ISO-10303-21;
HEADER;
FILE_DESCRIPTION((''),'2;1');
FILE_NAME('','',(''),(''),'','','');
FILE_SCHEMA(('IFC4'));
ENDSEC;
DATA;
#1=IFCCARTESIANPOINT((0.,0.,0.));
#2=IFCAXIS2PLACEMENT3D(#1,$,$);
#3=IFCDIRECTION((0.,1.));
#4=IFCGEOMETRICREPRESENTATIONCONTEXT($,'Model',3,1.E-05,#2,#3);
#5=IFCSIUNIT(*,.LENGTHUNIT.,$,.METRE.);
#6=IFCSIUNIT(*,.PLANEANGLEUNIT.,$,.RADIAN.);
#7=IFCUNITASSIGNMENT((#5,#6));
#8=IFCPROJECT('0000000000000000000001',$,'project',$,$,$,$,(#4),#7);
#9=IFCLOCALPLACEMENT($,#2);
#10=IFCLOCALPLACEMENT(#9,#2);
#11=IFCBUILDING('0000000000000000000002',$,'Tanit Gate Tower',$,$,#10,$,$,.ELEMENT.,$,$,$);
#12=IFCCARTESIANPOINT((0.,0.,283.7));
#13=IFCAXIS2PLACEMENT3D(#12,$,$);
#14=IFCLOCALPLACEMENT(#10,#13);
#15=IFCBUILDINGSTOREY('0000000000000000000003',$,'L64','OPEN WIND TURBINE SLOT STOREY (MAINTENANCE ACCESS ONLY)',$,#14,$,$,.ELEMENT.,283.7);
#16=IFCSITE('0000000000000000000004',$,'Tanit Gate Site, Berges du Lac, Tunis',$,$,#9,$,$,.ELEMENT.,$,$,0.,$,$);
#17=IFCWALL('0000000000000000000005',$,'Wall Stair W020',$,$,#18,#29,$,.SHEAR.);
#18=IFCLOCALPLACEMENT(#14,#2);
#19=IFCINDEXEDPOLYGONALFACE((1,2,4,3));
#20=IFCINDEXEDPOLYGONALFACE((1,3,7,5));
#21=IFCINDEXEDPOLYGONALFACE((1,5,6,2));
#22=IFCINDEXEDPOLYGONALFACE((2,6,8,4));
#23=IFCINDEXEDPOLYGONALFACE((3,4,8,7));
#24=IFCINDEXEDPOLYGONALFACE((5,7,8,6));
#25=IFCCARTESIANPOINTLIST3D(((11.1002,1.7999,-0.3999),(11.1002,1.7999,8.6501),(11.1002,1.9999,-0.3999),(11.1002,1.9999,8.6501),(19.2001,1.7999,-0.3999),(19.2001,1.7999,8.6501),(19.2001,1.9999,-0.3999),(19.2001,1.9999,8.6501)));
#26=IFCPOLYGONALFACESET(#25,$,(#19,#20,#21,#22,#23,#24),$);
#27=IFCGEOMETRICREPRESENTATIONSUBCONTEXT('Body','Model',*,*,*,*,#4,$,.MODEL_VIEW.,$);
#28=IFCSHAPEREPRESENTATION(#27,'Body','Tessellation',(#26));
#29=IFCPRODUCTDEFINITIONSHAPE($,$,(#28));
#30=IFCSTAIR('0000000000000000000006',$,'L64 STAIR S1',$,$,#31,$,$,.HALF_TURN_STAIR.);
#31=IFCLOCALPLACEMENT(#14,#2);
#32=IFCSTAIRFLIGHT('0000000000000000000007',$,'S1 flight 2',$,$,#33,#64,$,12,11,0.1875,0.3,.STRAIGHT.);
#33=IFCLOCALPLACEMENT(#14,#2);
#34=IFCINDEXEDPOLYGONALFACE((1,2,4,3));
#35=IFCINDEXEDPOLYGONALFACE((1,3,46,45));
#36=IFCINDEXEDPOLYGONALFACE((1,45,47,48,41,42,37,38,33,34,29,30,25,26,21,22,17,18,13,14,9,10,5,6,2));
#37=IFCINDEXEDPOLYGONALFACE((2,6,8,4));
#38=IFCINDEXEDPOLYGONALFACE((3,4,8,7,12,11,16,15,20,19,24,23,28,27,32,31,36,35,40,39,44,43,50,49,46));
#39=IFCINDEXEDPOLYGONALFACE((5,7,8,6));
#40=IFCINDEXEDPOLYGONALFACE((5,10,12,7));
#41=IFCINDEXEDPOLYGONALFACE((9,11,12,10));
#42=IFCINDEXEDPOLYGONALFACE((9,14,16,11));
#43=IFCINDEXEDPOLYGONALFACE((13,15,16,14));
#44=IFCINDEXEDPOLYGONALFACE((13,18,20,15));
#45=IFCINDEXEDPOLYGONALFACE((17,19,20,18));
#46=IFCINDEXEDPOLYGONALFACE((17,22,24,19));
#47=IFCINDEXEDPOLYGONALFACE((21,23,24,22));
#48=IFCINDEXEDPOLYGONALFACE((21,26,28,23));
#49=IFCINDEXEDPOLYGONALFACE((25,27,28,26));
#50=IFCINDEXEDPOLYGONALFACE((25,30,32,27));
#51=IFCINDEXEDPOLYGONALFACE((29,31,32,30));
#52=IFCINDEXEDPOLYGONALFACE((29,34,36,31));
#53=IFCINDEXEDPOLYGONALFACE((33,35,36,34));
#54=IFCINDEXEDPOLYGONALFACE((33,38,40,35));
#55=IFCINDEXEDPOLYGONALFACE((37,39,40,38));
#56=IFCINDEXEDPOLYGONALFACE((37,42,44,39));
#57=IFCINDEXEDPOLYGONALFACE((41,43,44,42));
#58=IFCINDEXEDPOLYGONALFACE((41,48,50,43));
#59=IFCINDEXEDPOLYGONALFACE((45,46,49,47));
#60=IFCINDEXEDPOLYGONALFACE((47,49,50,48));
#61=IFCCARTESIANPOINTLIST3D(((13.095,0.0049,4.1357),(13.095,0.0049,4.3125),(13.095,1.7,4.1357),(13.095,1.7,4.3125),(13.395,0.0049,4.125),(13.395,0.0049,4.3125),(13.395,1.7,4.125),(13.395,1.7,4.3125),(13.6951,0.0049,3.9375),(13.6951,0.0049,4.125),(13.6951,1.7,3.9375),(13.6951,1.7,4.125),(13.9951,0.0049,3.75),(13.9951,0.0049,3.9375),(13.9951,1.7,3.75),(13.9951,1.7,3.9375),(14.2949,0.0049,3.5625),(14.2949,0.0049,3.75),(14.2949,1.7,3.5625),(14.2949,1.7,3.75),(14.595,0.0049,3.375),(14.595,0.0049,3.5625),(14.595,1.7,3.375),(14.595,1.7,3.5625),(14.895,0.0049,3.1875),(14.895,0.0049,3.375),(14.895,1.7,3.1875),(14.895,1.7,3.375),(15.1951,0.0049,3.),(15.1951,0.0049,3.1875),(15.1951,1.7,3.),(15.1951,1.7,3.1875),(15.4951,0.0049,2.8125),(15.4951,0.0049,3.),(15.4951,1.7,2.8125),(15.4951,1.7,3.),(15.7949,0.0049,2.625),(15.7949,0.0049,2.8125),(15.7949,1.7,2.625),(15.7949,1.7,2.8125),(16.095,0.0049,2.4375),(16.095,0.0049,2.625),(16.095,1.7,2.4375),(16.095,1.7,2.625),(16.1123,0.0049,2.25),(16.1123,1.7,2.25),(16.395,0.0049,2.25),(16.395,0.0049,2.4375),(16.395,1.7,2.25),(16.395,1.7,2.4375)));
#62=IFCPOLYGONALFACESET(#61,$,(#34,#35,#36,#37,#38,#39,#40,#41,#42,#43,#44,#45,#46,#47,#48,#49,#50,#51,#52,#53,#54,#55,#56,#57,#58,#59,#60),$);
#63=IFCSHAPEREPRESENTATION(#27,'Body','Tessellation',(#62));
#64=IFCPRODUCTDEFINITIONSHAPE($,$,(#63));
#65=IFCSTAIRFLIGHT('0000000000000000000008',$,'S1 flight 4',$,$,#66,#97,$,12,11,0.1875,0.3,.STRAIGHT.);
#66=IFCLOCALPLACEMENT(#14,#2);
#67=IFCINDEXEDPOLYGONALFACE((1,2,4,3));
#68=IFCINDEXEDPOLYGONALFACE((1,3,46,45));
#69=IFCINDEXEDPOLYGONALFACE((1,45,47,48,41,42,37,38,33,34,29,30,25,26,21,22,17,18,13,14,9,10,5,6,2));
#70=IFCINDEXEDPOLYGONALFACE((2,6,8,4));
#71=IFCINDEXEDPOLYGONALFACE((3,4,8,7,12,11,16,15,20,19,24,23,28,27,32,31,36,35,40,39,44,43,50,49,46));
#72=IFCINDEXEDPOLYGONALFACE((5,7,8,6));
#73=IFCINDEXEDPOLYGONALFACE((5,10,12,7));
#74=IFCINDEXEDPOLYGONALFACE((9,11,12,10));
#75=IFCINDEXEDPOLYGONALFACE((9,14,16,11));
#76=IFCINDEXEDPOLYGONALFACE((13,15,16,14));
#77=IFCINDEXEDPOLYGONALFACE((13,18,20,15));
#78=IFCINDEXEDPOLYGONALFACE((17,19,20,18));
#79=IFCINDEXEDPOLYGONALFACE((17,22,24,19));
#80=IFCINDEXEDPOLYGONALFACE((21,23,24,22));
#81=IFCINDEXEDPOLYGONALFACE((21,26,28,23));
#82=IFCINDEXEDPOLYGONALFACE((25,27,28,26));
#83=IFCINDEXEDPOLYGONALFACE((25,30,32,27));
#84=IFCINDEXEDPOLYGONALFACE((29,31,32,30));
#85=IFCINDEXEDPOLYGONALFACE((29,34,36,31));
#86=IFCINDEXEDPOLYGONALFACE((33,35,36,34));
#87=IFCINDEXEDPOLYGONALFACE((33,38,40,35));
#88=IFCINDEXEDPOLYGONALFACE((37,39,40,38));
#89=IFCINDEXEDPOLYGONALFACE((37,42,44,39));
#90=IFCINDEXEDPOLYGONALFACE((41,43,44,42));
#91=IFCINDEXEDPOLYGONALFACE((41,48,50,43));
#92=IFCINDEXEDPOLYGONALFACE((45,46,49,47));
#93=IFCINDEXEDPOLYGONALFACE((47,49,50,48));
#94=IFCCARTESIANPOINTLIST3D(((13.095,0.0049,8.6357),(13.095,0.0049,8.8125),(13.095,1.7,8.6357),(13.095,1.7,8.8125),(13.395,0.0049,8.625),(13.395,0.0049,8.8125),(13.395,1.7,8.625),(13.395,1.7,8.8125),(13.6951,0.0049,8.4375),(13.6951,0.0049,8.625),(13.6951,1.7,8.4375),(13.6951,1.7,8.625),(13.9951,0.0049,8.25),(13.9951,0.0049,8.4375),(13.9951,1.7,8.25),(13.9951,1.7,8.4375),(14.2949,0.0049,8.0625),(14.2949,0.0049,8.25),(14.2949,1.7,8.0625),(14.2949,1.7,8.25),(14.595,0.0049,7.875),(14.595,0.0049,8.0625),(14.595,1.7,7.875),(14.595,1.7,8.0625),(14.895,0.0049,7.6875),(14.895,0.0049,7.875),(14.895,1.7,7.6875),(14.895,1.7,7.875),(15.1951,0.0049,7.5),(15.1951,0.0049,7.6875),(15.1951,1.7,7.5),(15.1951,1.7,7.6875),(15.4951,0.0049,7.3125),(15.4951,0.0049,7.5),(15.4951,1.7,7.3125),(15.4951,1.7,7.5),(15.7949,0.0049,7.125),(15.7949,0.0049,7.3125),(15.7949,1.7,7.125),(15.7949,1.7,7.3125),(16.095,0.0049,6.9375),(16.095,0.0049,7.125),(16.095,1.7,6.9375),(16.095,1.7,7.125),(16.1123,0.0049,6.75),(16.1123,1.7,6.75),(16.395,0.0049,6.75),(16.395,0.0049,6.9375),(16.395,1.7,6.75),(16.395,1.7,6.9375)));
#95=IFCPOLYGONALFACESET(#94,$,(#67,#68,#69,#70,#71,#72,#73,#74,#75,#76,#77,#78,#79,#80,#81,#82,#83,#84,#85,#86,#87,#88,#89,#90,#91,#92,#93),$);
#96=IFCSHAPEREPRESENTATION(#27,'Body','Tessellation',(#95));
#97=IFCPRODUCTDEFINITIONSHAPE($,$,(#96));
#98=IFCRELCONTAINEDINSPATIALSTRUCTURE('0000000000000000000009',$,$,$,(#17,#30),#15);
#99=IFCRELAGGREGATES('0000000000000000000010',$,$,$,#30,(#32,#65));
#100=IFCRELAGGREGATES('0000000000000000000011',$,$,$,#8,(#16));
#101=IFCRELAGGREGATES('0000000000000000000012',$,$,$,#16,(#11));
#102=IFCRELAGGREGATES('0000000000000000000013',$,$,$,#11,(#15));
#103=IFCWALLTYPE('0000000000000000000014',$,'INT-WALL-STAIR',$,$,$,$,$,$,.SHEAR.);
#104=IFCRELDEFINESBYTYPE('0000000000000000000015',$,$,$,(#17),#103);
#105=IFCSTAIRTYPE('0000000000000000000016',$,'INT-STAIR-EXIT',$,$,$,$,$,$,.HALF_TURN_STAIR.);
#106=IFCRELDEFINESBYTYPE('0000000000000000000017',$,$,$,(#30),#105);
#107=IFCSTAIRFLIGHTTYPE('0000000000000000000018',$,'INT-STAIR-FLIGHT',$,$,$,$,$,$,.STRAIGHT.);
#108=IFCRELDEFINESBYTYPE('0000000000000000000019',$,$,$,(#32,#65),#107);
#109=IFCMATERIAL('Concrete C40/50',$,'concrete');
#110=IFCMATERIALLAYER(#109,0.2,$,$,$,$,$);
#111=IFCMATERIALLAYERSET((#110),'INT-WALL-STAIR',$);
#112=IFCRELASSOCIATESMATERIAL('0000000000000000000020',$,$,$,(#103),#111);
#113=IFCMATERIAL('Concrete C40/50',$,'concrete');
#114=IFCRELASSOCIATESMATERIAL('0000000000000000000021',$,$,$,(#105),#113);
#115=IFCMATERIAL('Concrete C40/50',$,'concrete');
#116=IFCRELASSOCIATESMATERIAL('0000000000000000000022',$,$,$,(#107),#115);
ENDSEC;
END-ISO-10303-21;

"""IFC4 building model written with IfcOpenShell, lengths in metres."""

from ifc_helpers import new_model, si_unit, direction, frame, frame_2d, origin, place, context, subcontext, project, spatial, polyline, rectangle, outline, extrude, material, layer, layer_set, type_object, element, aggregate, save


model = new_model("IFC4")

# Units and contexts
model_context = context("Model", 3, precision=1e-05, world=origin(), true_north=direction((0.0, 1.0)))
body_context = subcontext(model_context, "Body", "Model", "MODEL_VIEW")
ifc_project = project(units=[si_unit("LENGTHUNIT", "METRE"), si_unit("PLANEANGLEUNIT", "RADIAN")], contexts=[model_context])

# Site, building, storey
site_placement = place(None, origin())
site = spatial("IfcSite", under=ifc_project, at=site_placement, Name="Tanit Gate Site, Berges du Lac, Tunis", CompositionType="ELEMENT", RefElevation=0.0)
building_placement = place(site_placement, origin())
building = spatial("IfcBuilding", under=site, at=building_placement, Name="Tanit Gate Tower", CompositionType="ELEMENT")
storey_placement = place(building_placement, frame((0.0, 0.0, 283.7)))
storey = spatial("IfcBuildingStorey", under=building, at=storey_placement, Name="L64", Description="OPEN WIND TURBINE SLOT STOREY (MAINTENANCE ACCESS ONLY)", CompositionType="ELEMENT", Elevation=283.7)

# Wall
ifc_material_1 = material(Name="Concrete C40/50", Category="concrete")
ifc_layer_1 = layer(ifc_material_1, 0.2)
ifc_layer_set_1 = layer_set([ifc_layer_1], Name="INT-WALL-STAIR")
wall_type_1 = type_object("IfcWallType", Name="INT-WALL-STAIR", PredefinedType="SHEAR", material=ifc_layer_set_1)
wall_1_placement = place(storey_placement, frame((19.2, 1.8999, -0.3999), z_axis=(0.0, 0.0, 1.0), x_axis=(-1.0, 0.0, 0.0)))
element("IfcWall", 1, at=wall_1_placement, inside=storey, type_object=wall_type_1, Name="Wall Stair W020", PredefinedType="SHEAR", context=body_context, shape_type="SweptSolid", body=[
    extrude(rectangle(XDim=8.0999, YDim=0.2, at=frame_2d((4.0498, 0.0))), origin(), (0.0, 0.0, 1.0), 9.05),
])

# Stair, stair flights
ifc_material_2 = material(Name="Concrete C40/50", Category="concrete")
stair_type = type_object("IfcStairType", Name="INT-STAIR-EXIT", PredefinedType="HALF_TURN_STAIR", material=ifc_material_2)
stair_placement = place(storey_placement, origin())
stair = element("IfcStair", 2, at=stair_placement, inside=storey, type_object=stair_type, Name="L64 STAIR S1", PredefinedType="HALF_TURN_STAIR")
ifc_material_3 = material(Name="Concrete C40/50", Category="concrete")
stair_flight_type = type_object("IfcStairFlightType", Name="INT-STAIR-FLIGHT", PredefinedType="STRAIGHT", material=ifc_material_3)
stair_flight_1_placement = place(storey_placement, frame((16.395, 0.8525, 2.25), z_axis=(0.0, 0.0, 1.0), x_axis=(-1.0, 0.0, 0.0)))
stair_flight_1 = element("IfcStairFlight", 3, at=stair_flight_1_placement, type_object=stair_flight_type, Name="S1 flight 2", NumberOfRisers=12, NumberOfTreads=11, PredefinedType="STRAIGHT", RiserHeight=0.1875, TreadLength=0.3, context=body_context, shape_type="SweptSolid", body=[
    extrude(outline(polyline([(0.0, 0.0), (0.0, 0.1875), (0.3, 0.1875), (0.3, 0.375), (0.6001, 0.375), (0.6001, 0.5625), (0.8999, 0.5625), (0.8999, 0.75), (1.2, 0.75), (1.2, 0.9375), (1.5, 0.9375), (1.5, 1.125), (1.8, 1.125), (1.8, 1.3125), (2.1001, 1.3125), (2.1001, 1.5), (2.3999, 1.5), (2.3999, 1.6875), (2.7, 1.6875), (2.7, 1.875), (3.0, 1.875), (3.0, 2.0625), (3.3, 2.0625), (3.3, 2.25), (3.3, 1.8857), (0.2827, 0.0), (0.0, 0.0)])), frame((0.0, 0.8477, 0.0), z_axis=(0.0, -1.0, 0.0), x_axis=(1.0, 0.0, 0.0)), (0.0, 0.0, 1.0), 1.6951),
])
stair_flight_2_placement = place(storey_placement, frame((16.395, 0.8525, 6.75), z_axis=(0.0, 0.0, 1.0), x_axis=(-1.0, 0.0, 0.0)))
stair_flight_2 = element("IfcStairFlight", 4, at=stair_flight_2_placement, type_object=stair_flight_type, Name="S1 flight 4", NumberOfRisers=12, NumberOfTreads=11, PredefinedType="STRAIGHT", RiserHeight=0.1875, TreadLength=0.3, context=body_context, shape_type="SweptSolid", body=[
    extrude(outline(polyline([(0.0, 0.0), (0.0, 0.1875), (0.3, 0.1875), (0.3, 0.375), (0.6001, 0.375), (0.6001, 0.5625), (0.8999, 0.5625), (0.8999, 0.75), (1.2, 0.75), (1.2, 0.9375), (1.5, 0.9375), (1.5, 1.125), (1.8, 1.125), (1.8, 1.3125), (2.1001, 1.3125), (2.1001, 1.5), (2.3999, 1.5), (2.3999, 1.6875), (2.7, 1.6875), (2.7, 1.875), (3.0, 1.875), (3.0, 2.0625), (3.3, 2.0625), (3.3, 2.25), (3.3, 1.8857), (0.2827, 0.0), (0.0, 0.0)])), frame((0.0, 0.8477, 0.0), z_axis=(0.0, -1.0, 0.0), x_axis=(1.0, 0.0, 0.0)), (0.0, 0.0, 1.0), 1.6951),
])
aggregate(stair, [stair_flight_1, stair_flight_2])

save(model, "model.ifc")
